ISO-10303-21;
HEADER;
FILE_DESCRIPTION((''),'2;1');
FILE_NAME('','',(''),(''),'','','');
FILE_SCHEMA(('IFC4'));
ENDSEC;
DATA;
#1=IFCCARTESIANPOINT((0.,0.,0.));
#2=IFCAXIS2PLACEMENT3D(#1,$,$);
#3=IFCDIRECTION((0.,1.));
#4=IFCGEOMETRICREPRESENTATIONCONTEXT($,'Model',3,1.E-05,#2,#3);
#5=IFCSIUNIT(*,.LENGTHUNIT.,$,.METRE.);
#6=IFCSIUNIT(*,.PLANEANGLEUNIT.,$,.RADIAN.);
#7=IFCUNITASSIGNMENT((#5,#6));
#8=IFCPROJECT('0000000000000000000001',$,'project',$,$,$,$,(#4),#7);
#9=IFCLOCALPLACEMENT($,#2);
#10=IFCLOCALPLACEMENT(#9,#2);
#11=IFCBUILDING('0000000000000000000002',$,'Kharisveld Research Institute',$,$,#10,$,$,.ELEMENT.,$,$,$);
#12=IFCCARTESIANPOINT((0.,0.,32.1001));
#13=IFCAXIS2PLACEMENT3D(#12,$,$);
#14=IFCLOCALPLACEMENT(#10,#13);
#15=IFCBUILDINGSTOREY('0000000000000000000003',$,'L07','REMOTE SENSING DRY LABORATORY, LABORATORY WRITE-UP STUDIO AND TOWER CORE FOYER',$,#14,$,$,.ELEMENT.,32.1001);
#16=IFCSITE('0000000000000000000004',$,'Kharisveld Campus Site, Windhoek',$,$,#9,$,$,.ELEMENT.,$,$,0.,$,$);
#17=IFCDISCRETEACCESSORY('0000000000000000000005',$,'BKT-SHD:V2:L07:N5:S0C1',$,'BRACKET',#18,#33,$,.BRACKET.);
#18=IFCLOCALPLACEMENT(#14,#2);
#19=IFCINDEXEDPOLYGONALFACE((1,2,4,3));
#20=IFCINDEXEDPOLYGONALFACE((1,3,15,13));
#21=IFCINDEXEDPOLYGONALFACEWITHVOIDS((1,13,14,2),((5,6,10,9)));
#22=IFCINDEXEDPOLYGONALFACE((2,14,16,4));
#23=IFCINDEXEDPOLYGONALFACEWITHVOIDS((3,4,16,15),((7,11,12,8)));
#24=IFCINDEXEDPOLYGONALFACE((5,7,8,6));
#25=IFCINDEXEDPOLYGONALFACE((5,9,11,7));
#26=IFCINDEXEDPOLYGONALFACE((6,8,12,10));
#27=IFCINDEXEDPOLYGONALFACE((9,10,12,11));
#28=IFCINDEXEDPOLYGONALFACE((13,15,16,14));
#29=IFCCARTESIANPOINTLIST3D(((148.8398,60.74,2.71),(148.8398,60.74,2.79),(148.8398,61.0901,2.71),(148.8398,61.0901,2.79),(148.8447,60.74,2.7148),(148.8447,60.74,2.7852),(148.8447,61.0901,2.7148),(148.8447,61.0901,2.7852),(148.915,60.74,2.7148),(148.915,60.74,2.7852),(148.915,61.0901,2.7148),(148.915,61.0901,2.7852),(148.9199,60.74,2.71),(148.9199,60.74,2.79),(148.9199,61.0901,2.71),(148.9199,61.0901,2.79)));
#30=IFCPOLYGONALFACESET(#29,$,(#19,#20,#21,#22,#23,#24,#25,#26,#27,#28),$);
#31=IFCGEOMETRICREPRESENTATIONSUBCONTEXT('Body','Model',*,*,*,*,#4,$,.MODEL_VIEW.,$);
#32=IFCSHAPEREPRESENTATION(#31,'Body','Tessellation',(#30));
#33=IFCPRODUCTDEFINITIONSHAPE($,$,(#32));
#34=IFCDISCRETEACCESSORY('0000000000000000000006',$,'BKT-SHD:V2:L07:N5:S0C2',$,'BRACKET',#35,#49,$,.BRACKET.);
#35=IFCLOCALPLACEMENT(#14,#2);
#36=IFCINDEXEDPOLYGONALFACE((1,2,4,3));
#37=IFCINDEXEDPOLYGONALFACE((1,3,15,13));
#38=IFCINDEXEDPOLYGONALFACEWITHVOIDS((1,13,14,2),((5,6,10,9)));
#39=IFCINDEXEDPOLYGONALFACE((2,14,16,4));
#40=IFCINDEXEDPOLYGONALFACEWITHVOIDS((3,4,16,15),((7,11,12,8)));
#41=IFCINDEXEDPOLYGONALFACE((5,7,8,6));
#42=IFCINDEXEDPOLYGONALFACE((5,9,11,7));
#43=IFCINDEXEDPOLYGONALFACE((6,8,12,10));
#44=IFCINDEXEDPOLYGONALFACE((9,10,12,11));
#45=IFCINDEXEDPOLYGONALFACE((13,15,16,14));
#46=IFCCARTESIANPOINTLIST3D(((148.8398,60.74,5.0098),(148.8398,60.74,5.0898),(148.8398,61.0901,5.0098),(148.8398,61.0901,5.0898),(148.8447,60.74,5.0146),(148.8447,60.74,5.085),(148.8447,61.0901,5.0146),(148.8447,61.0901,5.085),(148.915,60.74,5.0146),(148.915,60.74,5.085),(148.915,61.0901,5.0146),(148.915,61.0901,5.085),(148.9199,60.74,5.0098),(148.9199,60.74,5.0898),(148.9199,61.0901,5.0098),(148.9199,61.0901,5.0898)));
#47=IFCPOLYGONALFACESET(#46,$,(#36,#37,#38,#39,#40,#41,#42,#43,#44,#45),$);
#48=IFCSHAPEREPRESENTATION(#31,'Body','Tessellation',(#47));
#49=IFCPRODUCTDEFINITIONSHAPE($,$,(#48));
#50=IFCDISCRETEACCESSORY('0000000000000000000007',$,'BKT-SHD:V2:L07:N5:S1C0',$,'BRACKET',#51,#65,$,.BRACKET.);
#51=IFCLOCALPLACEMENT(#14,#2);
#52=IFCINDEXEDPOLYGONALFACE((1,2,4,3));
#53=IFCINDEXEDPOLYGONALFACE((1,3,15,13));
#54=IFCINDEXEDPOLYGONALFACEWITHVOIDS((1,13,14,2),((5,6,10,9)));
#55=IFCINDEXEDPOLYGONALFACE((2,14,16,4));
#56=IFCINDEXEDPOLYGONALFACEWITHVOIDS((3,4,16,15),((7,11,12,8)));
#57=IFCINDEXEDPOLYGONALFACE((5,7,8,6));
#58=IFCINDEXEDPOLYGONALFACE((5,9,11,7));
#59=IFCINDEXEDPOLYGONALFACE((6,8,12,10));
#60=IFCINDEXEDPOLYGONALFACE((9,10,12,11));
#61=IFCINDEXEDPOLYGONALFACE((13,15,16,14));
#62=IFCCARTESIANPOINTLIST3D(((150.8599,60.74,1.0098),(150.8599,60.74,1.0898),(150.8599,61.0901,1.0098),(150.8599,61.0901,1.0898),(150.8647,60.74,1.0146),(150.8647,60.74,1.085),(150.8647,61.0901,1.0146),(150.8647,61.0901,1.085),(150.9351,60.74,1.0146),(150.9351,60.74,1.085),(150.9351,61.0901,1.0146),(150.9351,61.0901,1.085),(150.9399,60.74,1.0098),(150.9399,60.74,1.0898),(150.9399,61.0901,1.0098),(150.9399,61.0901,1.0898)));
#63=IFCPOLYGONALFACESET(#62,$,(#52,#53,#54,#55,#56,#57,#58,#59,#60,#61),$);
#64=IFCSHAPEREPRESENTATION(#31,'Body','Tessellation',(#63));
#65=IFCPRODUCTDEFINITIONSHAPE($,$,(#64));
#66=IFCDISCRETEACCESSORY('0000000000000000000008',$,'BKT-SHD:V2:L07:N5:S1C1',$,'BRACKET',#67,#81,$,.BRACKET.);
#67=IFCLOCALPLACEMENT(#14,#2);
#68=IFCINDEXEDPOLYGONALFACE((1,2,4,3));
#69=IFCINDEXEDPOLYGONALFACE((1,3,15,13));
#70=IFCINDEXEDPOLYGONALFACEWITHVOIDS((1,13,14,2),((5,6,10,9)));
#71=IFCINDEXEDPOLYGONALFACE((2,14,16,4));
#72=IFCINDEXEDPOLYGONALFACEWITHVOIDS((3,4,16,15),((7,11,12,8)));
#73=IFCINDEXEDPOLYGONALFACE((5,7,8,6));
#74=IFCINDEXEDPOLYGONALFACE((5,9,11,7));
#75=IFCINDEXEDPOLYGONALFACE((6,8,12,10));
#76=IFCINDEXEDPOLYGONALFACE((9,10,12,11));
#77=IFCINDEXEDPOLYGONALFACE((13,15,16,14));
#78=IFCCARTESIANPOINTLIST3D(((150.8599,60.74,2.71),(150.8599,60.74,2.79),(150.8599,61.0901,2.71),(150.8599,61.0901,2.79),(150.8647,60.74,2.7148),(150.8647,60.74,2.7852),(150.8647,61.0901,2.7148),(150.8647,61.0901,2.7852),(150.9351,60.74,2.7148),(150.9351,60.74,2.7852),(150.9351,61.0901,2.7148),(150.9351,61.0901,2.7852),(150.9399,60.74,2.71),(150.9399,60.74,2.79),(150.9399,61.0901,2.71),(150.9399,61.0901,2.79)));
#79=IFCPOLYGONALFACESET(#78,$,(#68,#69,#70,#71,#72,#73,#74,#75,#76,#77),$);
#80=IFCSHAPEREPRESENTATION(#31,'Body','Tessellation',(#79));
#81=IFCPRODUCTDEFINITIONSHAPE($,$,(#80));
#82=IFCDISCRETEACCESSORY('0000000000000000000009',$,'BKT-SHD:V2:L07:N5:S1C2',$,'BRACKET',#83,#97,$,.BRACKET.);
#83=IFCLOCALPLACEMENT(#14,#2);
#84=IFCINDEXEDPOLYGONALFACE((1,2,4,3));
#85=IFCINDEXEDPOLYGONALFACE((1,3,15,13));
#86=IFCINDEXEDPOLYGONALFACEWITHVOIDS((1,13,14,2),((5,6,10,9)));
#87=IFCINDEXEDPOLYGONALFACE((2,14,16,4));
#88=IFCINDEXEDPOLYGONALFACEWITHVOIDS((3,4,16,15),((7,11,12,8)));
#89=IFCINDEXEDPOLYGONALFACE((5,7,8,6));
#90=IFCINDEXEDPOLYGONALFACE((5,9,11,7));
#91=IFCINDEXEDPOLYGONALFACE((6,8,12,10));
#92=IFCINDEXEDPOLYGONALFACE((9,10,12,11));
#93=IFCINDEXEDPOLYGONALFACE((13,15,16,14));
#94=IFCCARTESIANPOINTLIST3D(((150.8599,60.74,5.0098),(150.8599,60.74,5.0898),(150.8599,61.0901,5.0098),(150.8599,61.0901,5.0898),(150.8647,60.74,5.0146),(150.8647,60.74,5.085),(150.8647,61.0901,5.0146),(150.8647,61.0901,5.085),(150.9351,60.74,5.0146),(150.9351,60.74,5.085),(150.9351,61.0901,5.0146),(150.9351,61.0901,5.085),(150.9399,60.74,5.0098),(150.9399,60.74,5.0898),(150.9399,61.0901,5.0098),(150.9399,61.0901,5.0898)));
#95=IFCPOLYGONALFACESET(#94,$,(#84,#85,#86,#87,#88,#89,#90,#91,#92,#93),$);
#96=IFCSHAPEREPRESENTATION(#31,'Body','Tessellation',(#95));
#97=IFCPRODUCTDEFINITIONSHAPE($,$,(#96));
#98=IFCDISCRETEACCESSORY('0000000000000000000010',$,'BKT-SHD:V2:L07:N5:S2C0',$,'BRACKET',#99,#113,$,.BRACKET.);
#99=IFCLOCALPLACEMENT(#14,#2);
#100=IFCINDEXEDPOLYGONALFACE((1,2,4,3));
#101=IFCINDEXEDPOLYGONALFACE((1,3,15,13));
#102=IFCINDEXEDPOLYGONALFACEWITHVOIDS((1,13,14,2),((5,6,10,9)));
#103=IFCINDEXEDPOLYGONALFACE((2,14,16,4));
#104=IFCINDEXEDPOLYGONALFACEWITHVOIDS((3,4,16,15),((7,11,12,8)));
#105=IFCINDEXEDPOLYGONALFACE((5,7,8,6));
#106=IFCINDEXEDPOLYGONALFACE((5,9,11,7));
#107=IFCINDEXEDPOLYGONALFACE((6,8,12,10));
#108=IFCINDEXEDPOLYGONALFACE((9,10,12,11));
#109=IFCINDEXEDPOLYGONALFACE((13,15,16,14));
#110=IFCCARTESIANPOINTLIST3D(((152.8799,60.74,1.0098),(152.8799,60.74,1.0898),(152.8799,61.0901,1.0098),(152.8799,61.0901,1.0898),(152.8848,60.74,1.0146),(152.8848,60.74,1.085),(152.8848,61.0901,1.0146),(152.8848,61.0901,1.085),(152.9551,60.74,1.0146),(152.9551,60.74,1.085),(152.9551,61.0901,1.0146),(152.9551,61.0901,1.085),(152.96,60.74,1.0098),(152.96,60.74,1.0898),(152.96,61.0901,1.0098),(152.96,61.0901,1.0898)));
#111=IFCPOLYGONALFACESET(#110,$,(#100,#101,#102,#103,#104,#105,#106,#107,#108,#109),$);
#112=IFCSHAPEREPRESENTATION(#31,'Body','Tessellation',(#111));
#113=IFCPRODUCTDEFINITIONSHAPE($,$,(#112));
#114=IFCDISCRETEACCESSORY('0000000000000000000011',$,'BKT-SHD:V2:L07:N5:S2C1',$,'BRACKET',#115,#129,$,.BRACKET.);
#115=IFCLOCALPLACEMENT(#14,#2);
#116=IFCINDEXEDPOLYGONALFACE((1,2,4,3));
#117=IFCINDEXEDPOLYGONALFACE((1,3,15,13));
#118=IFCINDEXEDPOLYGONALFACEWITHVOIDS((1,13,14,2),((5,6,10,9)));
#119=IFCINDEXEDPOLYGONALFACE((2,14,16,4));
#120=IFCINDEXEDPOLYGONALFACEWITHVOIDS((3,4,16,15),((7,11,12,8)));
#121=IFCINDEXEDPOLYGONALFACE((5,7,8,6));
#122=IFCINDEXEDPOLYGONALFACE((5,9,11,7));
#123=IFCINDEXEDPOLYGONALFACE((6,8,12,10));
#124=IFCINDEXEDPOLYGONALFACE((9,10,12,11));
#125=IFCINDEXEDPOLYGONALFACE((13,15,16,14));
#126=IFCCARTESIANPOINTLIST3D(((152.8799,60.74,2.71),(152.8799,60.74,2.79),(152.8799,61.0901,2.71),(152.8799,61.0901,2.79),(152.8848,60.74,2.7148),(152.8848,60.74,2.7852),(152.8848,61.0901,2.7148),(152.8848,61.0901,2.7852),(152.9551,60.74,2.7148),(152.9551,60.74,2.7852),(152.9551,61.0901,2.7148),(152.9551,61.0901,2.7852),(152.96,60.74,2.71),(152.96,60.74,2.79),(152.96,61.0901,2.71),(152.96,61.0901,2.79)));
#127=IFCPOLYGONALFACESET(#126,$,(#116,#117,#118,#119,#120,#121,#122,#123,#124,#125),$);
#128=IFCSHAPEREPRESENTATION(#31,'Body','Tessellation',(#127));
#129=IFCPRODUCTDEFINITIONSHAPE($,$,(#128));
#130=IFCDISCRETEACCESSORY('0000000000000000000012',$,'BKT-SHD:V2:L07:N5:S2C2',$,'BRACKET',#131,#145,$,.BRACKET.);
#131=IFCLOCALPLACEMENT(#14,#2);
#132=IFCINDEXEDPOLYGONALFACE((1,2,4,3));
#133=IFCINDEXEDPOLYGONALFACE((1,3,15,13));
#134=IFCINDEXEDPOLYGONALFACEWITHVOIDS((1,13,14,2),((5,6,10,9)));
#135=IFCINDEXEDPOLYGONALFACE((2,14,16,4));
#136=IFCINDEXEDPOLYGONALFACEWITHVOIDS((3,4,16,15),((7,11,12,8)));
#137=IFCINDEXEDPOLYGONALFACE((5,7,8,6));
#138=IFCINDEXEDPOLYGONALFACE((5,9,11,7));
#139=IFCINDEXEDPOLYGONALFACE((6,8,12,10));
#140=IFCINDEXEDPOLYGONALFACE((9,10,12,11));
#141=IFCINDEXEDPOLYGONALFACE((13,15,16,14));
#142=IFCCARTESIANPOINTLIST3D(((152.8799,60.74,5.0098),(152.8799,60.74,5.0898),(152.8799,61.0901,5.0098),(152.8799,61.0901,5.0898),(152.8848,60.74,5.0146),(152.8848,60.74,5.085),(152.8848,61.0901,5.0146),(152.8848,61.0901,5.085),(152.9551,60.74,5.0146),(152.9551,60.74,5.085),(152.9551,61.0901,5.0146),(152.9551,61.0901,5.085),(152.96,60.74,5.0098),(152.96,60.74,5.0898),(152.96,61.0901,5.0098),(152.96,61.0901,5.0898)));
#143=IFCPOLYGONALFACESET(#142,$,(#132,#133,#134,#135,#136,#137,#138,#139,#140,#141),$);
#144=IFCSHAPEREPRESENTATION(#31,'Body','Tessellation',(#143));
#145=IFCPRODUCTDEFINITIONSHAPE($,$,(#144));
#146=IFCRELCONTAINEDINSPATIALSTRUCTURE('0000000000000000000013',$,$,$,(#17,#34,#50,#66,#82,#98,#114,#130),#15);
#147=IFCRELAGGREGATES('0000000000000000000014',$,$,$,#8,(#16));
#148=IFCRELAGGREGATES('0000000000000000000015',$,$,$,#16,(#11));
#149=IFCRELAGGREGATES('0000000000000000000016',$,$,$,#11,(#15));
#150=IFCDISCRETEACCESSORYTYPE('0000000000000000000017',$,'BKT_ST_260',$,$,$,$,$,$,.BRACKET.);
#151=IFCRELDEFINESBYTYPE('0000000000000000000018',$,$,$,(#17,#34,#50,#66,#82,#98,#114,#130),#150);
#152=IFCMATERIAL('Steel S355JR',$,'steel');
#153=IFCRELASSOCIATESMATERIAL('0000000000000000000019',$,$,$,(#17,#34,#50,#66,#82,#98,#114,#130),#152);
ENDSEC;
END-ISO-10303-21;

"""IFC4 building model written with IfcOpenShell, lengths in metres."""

from ifc_helpers import new_model, si_unit, direction, frame, origin, origin_2d, place, context, subcontext, project, spatial, hollow_rectangle, extrude, material, type_object, element, save


model = new_model("IFC4")

# Units and contexts
model_context = context("Model", 3, precision=1e-05, world=origin(), true_north=direction((0.0, 1.0)))
body_context = subcontext(model_context, "Body", "Model", "MODEL_VIEW")
ifc_project = project(units=[si_unit("LENGTHUNIT", "METRE"), si_unit("PLANEANGLEUNIT", "RADIAN")], contexts=[model_context])

# Site, building, storey
site_placement = place(None, origin())
site = spatial("IfcSite", under=ifc_project, at=site_placement, Name="Kharisveld Campus Site, Windhoek", CompositionType="ELEMENT", RefElevation=0.0)
building_placement = place(site_placement, origin())
building = spatial("IfcBuilding", under=site, at=building_placement, Name="Kharisveld Research Institute", CompositionType="ELEMENT")
storey_placement = place(building_placement, frame((0.0, 0.0, 32.1001)))
storey = spatial("IfcBuildingStorey", under=building, at=storey_placement, Name="L07", Description="REMOTE SENSING DRY LABORATORY, LABORATORY WRITE-UP STUDIO AND TOWER CORE FOYER", CompositionType="ELEMENT", Elevation=32.1001)

# Discrete accessories
ifc_material_1 = material(Name="Steel S355JR", Category="steel")
discrete_accessory_type = type_object("IfcDiscreteAccessoryType", Name="BKT_ST_260", PredefinedType="BRACKET")
for number, where, z_axis, x_axis, name in (
    (1, (148.8799, 60.74, 2.75), (0.0, 1.0, 0.0), (-1.0, 0.0, 0.0), "BKT-SHD:V2:L07:N5:S0C1"),
    (2, (148.8799, 60.74, 5.0498), (0.0, 1.0, 0.0), (-1.0, 0.0, 0.0), "BKT-SHD:V2:L07:N5:S0C2"),
    (3, (150.8999, 60.74, 1.0498), (0.0, 1.0, 0.0), (-1.0, 0.0, 0.0), "BKT-SHD:V2:L07:N5:S1C0"),
    (4, (150.8999, 60.74, 2.75), (0.0, 1.0, 0.0), (-1.0, 0.0, 0.0), "BKT-SHD:V2:L07:N5:S1C1"),
    (5, (150.8999, 60.74, 5.0498), (0.0, 1.0, 0.0), (-1.0, 0.0, 0.0), "BKT-SHD:V2:L07:N5:S1C2"),
    (6, (152.9199, 60.74, 1.0498), (0.0, 1.0, 0.0), (-1.0, 0.0, 0.0), "BKT-SHD:V2:L07:N5:S2C0"),
    (7, (152.9199, 60.74, 2.75), (0.0, 1.0, 0.0), (-1.0, 0.0, 0.0), "BKT-SHD:V2:L07:N5:S2C1"),
    (8, (152.9199, 60.74, 5.0498), (0.0, 1.0, 0.0), (-1.0, 0.0, 0.0), "BKT-SHD:V2:L07:N5:S2C2"),
):
    element("IfcDiscreteAccessory", number, at=place(storey_placement, frame(where, z_axis=z_axis, x_axis=x_axis)), inside=storey, type_object=discrete_accessory_type, material=ifc_material_1, Name=name, ObjectType="BRACKET", PredefinedType="BRACKET", context=body_context, shape_type="SweptSolid", body=[
        extrude(hollow_rectangle(XDim=0.0801, YDim=0.0801, WallThickness=0.0049, at=origin_2d()), origin(), (0.0, 0.0, 1.0), 0.3501),
    ])

save(model, "model.ifc")
